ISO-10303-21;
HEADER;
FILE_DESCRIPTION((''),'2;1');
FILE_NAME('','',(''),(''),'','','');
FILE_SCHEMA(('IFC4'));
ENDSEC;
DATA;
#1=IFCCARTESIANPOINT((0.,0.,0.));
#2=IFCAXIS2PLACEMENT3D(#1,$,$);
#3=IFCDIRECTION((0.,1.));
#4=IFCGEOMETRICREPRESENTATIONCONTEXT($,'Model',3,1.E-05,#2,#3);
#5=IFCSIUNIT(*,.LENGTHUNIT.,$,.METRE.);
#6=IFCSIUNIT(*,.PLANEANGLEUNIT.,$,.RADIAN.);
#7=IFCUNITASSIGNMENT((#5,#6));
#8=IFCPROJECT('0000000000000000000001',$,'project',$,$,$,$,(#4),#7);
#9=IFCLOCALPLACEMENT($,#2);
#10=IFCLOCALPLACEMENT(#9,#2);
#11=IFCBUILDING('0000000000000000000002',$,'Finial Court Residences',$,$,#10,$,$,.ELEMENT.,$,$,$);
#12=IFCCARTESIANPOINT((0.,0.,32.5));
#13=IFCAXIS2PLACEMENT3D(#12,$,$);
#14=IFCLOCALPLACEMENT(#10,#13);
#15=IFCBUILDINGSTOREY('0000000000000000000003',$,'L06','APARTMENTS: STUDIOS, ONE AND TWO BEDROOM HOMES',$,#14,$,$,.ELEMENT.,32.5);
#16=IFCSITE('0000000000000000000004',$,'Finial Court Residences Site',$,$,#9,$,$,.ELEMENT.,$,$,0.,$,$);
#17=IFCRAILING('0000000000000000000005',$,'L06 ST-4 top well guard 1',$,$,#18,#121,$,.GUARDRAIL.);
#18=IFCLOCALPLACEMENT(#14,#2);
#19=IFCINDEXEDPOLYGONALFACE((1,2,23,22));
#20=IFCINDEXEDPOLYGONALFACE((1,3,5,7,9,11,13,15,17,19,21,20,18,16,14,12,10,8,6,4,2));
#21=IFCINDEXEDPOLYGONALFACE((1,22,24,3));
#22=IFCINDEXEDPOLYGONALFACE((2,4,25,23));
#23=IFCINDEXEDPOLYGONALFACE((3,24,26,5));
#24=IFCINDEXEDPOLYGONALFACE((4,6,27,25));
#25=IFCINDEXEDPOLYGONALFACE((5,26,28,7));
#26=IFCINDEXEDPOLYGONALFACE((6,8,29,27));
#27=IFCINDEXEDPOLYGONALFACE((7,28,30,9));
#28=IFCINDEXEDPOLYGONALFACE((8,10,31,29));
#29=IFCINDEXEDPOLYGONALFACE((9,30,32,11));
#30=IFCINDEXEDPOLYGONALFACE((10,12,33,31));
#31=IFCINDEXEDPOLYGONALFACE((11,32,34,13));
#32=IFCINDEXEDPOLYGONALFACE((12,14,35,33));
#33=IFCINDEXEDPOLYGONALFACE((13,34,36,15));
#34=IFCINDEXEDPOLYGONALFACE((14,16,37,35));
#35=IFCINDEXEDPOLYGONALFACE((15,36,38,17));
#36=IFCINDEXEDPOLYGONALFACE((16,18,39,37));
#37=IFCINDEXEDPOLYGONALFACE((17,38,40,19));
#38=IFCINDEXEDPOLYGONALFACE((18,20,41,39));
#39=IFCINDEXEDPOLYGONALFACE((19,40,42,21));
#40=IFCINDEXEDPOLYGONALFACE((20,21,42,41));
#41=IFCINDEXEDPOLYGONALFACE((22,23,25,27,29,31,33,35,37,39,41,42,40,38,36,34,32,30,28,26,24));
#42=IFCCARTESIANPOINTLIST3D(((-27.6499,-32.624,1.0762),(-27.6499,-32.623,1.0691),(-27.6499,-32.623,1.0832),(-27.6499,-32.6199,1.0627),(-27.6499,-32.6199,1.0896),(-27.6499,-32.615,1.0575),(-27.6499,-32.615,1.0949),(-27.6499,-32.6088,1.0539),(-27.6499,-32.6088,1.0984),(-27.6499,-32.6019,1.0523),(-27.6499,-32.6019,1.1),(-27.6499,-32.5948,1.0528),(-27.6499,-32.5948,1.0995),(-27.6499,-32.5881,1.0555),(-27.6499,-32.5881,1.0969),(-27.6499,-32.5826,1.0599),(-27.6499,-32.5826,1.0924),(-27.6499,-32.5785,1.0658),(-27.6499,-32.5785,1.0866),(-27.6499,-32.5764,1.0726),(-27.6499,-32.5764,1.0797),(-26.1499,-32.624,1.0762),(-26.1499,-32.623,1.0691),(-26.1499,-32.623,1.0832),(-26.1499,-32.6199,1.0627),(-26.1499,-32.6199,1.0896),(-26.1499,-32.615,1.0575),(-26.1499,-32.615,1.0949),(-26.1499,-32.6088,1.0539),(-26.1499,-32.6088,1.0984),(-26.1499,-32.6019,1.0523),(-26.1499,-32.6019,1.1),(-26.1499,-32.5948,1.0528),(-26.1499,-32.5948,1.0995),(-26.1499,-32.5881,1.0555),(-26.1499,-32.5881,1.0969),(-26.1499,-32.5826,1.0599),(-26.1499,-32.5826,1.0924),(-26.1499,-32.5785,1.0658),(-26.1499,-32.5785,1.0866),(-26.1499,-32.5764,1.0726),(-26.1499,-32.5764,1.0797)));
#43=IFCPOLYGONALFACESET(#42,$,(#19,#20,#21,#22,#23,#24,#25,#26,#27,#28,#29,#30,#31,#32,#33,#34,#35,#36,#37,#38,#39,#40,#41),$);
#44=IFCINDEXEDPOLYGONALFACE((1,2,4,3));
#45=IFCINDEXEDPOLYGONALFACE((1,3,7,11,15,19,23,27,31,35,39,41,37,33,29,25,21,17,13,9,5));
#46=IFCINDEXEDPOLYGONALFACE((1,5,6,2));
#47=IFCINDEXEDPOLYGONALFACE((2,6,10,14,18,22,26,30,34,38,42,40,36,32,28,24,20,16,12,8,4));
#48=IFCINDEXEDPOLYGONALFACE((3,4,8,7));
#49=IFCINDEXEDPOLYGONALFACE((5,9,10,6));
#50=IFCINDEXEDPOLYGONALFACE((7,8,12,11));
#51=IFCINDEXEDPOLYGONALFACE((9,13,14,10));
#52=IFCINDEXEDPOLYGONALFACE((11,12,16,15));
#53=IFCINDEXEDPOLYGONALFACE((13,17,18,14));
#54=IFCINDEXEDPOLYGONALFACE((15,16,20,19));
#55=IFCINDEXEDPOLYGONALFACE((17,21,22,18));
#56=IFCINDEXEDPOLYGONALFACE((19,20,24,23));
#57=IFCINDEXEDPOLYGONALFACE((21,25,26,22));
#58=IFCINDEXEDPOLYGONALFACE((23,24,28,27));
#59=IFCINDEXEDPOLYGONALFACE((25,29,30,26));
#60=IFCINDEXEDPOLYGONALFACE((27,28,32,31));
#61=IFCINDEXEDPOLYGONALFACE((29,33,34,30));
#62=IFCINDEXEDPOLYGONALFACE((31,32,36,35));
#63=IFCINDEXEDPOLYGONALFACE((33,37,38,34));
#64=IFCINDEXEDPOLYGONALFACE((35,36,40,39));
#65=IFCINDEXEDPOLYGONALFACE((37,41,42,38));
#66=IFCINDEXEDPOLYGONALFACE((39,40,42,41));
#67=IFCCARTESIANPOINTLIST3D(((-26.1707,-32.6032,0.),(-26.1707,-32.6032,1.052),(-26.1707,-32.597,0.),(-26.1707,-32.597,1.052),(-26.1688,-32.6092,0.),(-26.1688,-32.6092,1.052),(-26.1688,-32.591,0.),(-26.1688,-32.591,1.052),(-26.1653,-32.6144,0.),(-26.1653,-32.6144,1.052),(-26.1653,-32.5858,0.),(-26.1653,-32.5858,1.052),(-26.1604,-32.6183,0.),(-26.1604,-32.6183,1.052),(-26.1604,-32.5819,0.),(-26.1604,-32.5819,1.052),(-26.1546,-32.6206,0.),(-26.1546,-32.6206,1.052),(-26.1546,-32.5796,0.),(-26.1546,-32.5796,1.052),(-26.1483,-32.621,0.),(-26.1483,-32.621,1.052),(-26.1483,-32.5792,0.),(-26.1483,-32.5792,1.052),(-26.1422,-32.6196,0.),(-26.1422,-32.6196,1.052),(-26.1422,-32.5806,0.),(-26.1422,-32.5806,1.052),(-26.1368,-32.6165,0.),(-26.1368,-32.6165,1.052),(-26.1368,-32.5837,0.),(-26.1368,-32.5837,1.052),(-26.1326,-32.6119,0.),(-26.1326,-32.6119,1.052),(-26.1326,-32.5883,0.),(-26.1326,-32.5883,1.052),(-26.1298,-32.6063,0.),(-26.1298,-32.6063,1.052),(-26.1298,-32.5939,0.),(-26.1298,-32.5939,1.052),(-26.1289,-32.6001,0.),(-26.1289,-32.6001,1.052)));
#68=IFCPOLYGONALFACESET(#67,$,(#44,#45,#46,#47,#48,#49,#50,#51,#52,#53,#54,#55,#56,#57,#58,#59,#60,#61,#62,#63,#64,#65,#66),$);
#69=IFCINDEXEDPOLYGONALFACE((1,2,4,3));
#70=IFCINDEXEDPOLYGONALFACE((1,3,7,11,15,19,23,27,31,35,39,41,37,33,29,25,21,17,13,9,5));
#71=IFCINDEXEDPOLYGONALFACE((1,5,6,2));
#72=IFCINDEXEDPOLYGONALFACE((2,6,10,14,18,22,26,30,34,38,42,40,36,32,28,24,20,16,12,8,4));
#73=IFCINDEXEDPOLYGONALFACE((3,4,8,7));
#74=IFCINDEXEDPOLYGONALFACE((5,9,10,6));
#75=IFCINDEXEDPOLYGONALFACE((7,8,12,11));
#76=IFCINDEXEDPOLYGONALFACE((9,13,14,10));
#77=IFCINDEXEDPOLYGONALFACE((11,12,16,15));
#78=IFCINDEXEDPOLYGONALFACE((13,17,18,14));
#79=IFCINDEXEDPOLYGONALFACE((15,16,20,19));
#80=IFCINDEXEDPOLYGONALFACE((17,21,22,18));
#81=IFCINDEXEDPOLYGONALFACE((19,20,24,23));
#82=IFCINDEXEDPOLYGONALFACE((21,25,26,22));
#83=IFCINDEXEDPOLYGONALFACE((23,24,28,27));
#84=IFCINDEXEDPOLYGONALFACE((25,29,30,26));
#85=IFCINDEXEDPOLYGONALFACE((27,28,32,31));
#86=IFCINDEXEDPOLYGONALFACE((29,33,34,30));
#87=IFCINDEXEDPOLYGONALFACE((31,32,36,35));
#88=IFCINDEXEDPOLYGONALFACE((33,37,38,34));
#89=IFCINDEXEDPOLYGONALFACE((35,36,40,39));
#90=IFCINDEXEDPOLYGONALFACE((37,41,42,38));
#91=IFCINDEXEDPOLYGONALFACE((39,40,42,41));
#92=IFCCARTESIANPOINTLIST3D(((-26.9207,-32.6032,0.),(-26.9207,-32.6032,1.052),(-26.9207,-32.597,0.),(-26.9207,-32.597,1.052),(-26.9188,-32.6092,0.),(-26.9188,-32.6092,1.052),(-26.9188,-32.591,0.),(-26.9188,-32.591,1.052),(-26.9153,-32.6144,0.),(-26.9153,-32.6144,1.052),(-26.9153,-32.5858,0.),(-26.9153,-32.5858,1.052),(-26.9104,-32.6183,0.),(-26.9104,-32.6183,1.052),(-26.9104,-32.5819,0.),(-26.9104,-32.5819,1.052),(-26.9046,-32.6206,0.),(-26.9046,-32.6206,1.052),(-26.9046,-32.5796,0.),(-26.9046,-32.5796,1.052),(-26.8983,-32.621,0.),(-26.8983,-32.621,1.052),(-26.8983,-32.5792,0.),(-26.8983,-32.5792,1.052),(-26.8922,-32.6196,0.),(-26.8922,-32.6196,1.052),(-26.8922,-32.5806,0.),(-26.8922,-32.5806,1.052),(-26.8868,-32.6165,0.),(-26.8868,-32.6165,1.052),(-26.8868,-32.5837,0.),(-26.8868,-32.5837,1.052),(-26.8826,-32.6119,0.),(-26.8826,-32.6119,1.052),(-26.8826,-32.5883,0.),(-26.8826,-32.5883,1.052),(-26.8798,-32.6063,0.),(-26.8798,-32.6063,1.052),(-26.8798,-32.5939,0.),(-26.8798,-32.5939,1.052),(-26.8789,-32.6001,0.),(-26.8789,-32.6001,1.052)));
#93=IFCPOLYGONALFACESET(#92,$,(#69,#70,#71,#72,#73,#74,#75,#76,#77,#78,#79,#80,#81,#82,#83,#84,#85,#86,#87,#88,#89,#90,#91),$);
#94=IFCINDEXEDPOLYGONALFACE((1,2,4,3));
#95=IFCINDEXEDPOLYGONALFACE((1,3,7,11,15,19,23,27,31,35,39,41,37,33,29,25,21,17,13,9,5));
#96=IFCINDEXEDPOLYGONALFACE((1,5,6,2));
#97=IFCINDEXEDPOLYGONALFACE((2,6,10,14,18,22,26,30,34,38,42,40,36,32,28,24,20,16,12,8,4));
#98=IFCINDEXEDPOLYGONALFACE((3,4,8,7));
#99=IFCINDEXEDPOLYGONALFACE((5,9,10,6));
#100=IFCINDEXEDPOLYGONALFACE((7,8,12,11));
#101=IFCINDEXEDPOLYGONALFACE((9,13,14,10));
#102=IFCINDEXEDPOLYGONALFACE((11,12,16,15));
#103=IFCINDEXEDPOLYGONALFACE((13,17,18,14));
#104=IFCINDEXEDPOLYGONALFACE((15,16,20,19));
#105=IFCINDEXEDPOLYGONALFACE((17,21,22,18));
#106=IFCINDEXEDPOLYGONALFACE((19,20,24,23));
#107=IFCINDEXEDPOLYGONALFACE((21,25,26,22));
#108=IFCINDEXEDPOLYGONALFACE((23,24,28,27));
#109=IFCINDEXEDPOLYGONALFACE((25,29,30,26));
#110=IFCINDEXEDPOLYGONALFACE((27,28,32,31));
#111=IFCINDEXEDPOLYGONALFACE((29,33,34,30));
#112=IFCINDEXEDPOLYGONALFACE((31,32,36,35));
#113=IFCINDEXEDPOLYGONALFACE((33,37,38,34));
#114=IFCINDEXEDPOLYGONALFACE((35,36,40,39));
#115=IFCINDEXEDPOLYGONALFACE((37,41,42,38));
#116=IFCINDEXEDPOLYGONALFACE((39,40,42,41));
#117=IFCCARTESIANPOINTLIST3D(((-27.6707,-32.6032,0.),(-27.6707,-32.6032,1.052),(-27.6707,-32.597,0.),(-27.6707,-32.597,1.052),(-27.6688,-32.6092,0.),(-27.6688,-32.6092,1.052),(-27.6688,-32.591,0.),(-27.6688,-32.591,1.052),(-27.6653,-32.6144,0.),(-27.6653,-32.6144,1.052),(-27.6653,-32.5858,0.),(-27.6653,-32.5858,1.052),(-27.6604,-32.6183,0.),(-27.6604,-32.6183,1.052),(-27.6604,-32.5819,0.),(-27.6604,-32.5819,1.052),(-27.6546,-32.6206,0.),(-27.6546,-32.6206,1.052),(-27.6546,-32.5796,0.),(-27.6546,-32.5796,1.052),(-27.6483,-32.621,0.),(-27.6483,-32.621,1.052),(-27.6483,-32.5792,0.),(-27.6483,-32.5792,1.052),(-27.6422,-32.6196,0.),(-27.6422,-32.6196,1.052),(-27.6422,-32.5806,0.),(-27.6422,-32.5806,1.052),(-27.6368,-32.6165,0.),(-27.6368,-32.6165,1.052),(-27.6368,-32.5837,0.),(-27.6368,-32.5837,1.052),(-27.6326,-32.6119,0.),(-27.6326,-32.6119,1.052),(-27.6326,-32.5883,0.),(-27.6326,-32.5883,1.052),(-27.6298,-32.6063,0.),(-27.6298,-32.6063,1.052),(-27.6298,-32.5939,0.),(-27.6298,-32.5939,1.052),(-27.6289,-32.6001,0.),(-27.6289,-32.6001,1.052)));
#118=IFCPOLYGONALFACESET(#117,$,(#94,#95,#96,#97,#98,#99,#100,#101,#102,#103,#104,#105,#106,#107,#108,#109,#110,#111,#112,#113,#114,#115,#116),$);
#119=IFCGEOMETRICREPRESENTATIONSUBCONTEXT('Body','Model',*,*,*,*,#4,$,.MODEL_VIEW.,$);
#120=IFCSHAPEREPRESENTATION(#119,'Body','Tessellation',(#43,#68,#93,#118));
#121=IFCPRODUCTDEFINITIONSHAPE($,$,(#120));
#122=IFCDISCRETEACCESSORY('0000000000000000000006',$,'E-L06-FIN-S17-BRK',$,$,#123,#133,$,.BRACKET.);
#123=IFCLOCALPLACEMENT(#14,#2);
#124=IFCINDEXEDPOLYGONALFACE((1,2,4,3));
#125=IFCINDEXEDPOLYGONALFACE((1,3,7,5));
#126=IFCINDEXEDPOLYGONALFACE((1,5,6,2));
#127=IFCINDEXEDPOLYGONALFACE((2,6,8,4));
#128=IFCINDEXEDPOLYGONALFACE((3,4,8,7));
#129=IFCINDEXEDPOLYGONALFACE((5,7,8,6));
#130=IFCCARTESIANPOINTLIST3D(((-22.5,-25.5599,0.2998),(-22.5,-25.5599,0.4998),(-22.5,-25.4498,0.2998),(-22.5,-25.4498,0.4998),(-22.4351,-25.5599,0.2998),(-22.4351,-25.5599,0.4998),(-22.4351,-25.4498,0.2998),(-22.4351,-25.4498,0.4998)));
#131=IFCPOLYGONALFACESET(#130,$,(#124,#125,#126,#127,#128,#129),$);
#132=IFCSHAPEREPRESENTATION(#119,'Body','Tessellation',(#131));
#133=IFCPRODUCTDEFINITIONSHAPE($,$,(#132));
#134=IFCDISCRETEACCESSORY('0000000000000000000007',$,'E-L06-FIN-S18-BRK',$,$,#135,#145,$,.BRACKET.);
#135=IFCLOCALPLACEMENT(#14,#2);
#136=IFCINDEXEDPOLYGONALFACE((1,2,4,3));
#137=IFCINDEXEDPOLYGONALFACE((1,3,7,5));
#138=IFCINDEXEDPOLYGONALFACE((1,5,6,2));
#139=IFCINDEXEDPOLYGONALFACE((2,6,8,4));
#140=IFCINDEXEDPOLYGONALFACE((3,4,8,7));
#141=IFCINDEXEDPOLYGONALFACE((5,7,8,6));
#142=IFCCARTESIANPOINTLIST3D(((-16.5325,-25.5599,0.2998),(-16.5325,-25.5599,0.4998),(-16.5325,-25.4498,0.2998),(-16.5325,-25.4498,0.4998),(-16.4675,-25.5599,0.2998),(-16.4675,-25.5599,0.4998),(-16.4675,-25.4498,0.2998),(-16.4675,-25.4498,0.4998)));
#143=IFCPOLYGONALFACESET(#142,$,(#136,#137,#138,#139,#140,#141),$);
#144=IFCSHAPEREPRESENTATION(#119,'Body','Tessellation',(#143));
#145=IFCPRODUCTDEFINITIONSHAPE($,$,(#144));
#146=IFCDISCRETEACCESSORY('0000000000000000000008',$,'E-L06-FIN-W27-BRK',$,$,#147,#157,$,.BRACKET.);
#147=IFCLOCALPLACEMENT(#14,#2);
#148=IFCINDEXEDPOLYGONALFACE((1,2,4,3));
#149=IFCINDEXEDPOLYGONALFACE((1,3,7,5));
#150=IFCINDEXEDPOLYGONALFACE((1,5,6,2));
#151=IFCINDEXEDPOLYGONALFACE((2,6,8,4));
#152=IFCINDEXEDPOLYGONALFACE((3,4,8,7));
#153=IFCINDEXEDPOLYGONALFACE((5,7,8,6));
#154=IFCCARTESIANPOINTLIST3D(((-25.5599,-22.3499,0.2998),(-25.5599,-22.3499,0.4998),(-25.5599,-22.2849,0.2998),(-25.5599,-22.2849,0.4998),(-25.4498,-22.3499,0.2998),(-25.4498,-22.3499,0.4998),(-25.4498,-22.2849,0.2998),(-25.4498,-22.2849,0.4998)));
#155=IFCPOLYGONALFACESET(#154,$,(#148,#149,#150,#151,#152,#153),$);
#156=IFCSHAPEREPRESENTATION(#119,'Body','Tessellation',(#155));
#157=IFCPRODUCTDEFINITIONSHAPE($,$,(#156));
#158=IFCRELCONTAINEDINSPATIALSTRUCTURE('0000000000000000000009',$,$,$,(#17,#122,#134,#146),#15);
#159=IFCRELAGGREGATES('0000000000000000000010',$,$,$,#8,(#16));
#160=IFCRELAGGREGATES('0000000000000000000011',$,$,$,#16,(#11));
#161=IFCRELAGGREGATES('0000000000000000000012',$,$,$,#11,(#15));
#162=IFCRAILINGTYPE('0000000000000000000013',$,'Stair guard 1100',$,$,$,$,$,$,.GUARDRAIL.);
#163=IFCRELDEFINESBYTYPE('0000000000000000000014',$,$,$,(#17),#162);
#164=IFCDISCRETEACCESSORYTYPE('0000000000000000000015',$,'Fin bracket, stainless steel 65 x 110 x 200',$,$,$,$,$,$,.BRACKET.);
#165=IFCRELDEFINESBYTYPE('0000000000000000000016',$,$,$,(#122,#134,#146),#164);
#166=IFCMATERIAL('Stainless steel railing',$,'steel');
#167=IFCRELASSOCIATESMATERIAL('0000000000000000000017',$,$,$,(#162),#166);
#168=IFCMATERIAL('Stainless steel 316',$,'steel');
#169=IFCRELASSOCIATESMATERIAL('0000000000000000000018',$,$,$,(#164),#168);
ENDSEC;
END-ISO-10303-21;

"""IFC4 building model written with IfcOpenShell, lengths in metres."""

from ifc_helpers import new_model, si_unit, direction, frame, origin, origin_2d, place, context, subcontext, project, spatial, rectangle, circle, extrude, material, type_object, element, save


model = new_model("IFC4")

# Units and contexts
model_context = context("Model", 3, precision=1e-05, world=origin(), true_north=direction((0.0, 1.0)))
body_context = subcontext(model_context, "Body", "Model", "MODEL_VIEW")
ifc_project = project(units=[si_unit("LENGTHUNIT", "METRE"), si_unit("PLANEANGLEUNIT", "RADIAN")], contexts=[model_context])

# Site, building, storey
site_placement = place(None, origin())
site = spatial("IfcSite", under=ifc_project, at=site_placement, Name="Finial Court Residences Site", CompositionType="ELEMENT", RefElevation=0.0)
building_placement = place(site_placement, origin())
building = spatial("IfcBuilding", under=site, at=building_placement, Name="Finial Court Residences", CompositionType="ELEMENT")
storey_placement = place(building_placement, frame((0.0, 0.0, 32.5)))
storey = spatial("IfcBuildingStorey", under=building, at=storey_placement, Name="L06", Description="APARTMENTS: STUDIOS, ONE AND TWO BEDROOM HOMES", CompositionType="ELEMENT", Elevation=32.5)

# Railing
ifc_material_1 = material(Name="Stainless steel railing", Category="steel")
railing_type_1 = type_object("IfcRailingType", Name="Stair guard 1100", PredefinedType="GUARDRAIL", material=ifc_material_1)
railing_1_placement = place(storey_placement, frame((-26.1499, -32.6001, 0.0)))
element("IfcRailing", 1, at=railing_1_placement, inside=storey, type_object=railing_type_1, Name="L06 ST-4 top well guard 1", PredefinedType="GUARDRAIL", context=body_context, shape_type="SweptSolid", body=[
    extrude(circle(Radius=0.0239, at=origin_2d()), frame((0.0, 0.0, 1.0762), z_axis=(-1.0, 0.0, 0.0), x_axis=(0.0, -1.0, 0.0)), (0.0, 0.0, 1.0), 1.5),
    extrude(circle(Radius=0.021, at=origin_2d()), origin(), (0.0, 0.0, 1.0), 1.052),
    extrude(circle(Radius=0.021, at=origin_2d()), frame((-0.75, 0.0, 0.0)), (0.0, 0.0, 1.0), 1.052),
    extrude(circle(Radius=0.021, at=origin_2d()), frame((-1.5, 0.0, 0.0)), (0.0, 0.0, 1.0), 1.052),
])

# Discrete accessories
ifc_material_2 = material(Name="Stainless steel 316", Category="steel")
discrete_accessory_type = type_object("IfcDiscreteAccessoryType", Name="Fin bracket, stainless steel 65 x 110 x 200", PredefinedType="BRACKET", material=ifc_material_2)
for number, where, z_axis, x_axis, name in (
    (2, (-22.4675, -25.5049, 0.2998), (0.0, 0.0, 1.0), (1.0, 0.0, 0.0), "E-L06-FIN-S17-BRK"),
    (3, (-16.5, -25.5049, 0.2998), (0.0, 0.0, 1.0), (1.0, 0.0, 0.0), "E-L06-FIN-S18-BRK"),
):
    element("IfcDiscreteAccessory", number, at=place(storey_placement, frame(where, z_axis=z_axis, x_axis=x_axis)), inside=storey, type_object=discrete_accessory_type, Name=name, PredefinedType="BRACKET", context=body_context, shape_type="SweptSolid", body=[
        extrude(rectangle(XDim=0.0649, YDim=0.1101, at=origin_2d()), origin(), (0.0, 0.0, 1.0), 0.2),
    ])
discrete_accessory_placement = place(storey_placement, frame((-25.5049, -22.3174, 0.2998), z_axis=(0.0, 0.0, 1.0), x_axis=(1.0, 0.0, 0.0)))
element("IfcDiscreteAccessory", 4, at=discrete_accessory_placement, inside=storey, type_object=discrete_accessory_type, Name="E-L06-FIN-W27-BRK", PredefinedType="BRACKET", context=body_context, shape_type="SweptSolid", body=[
    extrude(rectangle(XDim=0.1101, YDim=0.0649, at=origin_2d()), origin(), (0.0, 0.0, 1.0), 0.2),
])

save(model, "model.ifc")
